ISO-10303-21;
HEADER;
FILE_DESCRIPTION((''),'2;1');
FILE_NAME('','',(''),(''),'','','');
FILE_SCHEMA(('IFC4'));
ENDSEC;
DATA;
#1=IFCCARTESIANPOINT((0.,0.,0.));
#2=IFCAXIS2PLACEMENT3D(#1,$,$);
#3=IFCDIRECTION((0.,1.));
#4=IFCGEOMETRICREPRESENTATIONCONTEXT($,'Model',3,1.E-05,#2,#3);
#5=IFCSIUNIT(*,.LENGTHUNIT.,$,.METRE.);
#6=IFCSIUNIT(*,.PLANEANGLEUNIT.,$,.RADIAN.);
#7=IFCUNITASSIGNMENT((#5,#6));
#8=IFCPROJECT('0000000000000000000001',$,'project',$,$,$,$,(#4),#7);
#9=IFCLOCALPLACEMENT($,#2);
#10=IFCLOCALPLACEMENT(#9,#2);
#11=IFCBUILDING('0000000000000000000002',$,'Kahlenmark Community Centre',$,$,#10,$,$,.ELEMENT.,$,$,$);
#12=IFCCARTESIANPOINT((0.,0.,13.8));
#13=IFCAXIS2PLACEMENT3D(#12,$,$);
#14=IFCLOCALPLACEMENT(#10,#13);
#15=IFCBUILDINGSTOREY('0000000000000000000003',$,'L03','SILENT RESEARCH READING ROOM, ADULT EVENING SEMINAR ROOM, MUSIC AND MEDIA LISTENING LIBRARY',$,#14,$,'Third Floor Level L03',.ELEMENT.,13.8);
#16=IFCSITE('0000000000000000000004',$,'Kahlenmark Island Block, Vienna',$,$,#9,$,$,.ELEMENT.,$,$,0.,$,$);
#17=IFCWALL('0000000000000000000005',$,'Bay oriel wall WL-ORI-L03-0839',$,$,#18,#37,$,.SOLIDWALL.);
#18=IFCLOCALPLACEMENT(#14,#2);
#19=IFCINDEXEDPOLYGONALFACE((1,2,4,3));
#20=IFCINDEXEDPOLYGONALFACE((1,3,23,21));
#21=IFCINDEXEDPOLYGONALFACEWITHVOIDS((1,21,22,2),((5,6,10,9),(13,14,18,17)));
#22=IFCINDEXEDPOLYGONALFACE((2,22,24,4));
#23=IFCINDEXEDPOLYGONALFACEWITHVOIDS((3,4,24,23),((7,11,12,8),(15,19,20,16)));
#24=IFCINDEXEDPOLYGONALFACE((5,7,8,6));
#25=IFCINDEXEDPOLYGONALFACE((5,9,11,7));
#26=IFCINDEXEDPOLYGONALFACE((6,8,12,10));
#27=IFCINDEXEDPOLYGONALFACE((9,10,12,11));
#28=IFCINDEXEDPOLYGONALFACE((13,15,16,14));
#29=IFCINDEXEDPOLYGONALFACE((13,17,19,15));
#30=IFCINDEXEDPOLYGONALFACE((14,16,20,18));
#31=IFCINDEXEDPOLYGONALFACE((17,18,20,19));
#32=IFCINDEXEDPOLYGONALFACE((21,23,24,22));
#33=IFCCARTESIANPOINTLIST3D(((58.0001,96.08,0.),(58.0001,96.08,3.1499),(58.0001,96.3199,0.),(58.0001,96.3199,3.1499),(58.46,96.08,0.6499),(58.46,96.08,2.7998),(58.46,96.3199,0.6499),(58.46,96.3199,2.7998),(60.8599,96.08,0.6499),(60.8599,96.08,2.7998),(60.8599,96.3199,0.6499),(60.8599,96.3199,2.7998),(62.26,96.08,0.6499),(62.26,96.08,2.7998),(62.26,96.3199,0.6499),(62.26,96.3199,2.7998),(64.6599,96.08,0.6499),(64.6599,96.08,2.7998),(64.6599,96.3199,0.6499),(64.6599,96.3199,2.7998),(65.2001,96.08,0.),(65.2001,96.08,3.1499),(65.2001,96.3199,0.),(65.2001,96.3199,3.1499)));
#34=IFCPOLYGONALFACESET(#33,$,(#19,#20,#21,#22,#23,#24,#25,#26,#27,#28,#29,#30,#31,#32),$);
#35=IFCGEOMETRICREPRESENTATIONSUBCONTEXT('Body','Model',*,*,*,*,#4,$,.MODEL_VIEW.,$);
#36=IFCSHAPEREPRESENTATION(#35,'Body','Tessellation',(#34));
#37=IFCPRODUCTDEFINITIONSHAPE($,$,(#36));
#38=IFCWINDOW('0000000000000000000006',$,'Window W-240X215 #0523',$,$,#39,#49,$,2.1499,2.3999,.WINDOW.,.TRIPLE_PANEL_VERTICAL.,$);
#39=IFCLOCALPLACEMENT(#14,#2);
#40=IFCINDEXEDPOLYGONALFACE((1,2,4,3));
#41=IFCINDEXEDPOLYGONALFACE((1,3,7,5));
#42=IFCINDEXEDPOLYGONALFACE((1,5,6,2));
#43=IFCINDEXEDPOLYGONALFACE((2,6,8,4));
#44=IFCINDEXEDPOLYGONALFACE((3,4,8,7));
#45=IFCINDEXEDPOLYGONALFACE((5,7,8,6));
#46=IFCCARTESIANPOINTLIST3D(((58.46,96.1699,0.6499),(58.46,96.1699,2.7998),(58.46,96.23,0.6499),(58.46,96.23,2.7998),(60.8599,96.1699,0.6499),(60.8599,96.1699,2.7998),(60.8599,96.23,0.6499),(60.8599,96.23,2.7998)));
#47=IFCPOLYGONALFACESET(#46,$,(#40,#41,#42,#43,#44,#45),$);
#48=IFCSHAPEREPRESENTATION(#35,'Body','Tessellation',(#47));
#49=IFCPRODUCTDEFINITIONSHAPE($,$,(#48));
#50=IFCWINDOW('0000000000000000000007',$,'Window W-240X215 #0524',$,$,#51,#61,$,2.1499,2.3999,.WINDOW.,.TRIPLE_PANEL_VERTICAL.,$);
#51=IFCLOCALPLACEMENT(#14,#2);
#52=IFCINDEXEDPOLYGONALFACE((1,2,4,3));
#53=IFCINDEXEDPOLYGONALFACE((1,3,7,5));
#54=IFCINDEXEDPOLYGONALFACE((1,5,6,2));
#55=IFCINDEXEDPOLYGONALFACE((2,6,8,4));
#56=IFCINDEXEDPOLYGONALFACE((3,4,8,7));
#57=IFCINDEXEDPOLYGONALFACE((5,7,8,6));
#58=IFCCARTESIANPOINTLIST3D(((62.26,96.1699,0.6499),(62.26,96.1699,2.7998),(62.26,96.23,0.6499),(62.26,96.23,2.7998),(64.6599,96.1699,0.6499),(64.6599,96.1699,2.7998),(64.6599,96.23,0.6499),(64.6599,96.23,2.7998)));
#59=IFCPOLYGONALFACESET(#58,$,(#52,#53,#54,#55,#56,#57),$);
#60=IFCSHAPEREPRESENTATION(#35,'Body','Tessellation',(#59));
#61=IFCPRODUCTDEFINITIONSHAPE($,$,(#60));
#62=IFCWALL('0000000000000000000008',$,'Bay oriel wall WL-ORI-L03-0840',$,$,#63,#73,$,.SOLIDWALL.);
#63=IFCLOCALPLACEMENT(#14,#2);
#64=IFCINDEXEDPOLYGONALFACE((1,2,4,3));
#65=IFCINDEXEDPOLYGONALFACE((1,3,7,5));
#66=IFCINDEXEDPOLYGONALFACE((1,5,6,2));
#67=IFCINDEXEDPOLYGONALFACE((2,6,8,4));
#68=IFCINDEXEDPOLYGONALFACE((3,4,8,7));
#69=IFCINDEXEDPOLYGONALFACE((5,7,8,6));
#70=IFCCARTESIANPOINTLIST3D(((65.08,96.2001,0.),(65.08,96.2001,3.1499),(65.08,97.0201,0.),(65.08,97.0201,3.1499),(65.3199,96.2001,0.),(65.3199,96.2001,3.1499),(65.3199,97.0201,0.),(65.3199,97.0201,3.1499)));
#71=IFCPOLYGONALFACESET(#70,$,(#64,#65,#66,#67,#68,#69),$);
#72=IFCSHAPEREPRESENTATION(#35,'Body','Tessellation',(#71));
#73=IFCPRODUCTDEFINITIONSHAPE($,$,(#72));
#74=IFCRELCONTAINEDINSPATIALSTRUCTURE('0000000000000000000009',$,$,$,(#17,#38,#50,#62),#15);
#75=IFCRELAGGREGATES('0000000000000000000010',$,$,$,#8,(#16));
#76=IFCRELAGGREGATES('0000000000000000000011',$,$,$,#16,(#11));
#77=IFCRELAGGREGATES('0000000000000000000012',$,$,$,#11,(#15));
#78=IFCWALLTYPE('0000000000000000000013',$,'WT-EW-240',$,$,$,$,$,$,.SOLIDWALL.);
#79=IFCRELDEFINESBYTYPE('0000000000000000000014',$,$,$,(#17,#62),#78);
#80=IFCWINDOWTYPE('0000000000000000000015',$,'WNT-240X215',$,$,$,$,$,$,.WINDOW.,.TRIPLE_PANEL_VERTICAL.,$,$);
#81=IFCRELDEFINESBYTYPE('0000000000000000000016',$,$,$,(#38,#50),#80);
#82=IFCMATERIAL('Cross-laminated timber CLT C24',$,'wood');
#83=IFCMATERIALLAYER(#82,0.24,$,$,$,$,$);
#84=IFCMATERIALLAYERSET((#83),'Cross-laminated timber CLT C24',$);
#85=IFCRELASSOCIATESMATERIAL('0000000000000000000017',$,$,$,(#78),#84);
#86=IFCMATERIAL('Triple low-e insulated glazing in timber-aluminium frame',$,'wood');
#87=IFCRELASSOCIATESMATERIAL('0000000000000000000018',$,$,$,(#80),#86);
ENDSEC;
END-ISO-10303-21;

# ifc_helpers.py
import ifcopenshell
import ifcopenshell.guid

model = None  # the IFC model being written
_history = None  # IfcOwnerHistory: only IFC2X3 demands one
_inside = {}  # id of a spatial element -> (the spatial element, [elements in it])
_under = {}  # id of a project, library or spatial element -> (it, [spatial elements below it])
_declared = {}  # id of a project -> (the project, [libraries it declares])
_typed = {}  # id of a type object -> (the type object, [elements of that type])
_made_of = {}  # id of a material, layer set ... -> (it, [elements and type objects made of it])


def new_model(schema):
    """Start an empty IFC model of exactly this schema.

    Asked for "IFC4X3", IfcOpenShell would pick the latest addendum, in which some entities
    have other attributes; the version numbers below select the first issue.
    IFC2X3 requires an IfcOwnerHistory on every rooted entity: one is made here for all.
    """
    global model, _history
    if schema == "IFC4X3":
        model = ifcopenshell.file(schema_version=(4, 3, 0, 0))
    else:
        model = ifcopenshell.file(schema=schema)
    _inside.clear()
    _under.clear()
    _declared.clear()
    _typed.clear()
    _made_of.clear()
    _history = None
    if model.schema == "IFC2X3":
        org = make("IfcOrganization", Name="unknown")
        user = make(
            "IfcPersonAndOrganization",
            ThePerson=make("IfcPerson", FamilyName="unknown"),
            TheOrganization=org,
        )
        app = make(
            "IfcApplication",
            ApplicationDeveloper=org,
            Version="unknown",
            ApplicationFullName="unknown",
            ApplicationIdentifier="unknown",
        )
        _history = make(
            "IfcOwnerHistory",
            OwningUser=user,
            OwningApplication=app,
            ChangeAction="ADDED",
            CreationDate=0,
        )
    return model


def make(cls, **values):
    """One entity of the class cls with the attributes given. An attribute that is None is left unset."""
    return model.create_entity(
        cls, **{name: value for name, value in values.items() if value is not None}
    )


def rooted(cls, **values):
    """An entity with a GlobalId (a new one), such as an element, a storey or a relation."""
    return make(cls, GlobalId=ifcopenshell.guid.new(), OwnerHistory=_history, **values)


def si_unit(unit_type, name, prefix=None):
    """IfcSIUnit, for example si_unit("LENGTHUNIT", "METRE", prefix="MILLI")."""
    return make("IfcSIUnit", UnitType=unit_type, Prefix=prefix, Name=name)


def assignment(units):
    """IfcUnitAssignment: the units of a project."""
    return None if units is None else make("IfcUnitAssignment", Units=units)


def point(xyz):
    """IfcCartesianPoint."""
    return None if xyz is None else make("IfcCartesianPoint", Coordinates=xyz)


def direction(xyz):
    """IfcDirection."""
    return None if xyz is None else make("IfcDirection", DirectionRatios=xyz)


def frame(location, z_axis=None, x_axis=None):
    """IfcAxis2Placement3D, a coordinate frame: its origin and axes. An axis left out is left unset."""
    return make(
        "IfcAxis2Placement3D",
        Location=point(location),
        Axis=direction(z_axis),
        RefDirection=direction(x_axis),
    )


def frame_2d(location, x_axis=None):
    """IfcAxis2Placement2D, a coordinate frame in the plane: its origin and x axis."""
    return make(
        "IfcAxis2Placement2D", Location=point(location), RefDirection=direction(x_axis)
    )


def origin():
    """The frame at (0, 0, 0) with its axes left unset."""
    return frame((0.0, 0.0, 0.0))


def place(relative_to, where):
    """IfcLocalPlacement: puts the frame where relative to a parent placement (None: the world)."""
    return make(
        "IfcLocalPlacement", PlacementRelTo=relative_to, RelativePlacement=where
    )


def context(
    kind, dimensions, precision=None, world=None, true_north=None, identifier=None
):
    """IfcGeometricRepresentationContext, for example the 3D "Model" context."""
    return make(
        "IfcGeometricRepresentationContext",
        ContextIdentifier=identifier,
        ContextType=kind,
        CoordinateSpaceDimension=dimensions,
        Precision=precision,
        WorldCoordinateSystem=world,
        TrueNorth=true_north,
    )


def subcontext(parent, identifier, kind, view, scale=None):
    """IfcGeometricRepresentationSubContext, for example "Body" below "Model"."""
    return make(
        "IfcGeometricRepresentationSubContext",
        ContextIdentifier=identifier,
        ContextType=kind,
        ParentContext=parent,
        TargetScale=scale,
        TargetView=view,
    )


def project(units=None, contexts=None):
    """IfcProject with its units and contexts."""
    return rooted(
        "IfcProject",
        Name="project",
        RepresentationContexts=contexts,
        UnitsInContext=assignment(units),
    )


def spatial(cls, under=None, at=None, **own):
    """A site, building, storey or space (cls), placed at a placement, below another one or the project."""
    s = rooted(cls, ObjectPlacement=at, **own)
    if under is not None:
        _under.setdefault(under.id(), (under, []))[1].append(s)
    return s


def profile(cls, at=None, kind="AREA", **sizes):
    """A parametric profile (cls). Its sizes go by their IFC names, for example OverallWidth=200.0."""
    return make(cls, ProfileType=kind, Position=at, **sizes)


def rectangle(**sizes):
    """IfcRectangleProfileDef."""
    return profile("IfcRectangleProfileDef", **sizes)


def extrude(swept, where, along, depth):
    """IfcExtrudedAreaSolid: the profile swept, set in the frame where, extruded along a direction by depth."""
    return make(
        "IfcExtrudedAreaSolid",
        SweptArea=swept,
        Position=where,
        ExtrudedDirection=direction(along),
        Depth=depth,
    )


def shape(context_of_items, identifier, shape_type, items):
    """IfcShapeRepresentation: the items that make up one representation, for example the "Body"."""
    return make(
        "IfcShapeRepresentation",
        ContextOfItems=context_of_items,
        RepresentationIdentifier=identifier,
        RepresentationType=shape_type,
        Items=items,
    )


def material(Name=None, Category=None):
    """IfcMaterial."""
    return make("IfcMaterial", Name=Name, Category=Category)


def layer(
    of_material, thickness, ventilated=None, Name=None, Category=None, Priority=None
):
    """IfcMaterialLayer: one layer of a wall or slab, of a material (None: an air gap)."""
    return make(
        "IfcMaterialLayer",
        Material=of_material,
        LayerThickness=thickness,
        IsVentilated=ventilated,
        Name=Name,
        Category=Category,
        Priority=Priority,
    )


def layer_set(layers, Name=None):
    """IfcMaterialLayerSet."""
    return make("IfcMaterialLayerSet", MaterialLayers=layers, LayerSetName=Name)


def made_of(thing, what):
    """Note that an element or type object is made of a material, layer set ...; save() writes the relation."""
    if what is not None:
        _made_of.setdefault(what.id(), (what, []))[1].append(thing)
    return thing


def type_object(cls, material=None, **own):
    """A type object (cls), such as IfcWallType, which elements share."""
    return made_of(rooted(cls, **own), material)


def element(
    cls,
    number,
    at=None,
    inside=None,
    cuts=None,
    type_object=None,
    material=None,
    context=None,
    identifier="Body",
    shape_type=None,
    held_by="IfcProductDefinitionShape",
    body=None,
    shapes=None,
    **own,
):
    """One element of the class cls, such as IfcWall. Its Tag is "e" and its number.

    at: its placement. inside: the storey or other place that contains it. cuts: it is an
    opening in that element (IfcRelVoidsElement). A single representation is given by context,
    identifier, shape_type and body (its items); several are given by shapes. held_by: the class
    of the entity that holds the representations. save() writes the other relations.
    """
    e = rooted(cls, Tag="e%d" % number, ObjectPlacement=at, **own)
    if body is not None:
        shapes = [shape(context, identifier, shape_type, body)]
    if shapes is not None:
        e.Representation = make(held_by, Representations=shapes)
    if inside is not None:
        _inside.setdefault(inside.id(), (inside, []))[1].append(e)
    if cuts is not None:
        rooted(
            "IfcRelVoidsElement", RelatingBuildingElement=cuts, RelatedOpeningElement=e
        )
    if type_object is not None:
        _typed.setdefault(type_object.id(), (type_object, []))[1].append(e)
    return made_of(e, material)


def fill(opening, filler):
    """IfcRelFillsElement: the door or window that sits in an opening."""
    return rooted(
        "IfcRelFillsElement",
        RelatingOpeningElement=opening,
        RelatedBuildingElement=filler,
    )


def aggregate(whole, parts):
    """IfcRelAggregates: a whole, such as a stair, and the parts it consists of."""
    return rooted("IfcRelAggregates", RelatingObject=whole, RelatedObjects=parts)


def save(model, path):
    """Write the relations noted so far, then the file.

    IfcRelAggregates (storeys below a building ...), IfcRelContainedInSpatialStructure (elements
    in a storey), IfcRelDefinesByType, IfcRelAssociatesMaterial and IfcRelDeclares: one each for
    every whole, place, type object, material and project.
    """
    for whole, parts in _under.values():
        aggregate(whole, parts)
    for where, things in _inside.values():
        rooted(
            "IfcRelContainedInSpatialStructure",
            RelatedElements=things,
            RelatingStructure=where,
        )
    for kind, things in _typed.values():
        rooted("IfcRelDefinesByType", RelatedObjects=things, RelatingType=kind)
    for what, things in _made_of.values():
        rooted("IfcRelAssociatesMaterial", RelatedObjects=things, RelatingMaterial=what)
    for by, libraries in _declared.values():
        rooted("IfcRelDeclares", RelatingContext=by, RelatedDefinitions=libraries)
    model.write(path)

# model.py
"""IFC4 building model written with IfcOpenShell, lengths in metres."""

from ifc_helpers import new_model, si_unit, direction, frame, frame_2d, origin, place, context, subcontext, project, spatial, rectangle, extrude, material, layer, layer_set, type_object, element, fill, save


model = new_model("IFC4")

# Units and contexts
model_context = context("Model", 3, precision=1e-05, world=origin(), true_north=direction((0.0, 1.0)))
body_context = subcontext(model_context, "Body", "Model", "MODEL_VIEW")
ifc_project = project(units=[si_unit("LENGTHUNIT", "METRE"), si_unit("PLANEANGLEUNIT", "RADIAN")], contexts=[model_context])

# Site, building, storey
site_placement = place(None, origin())
site = spatial("IfcSite", under=ifc_project, at=site_placement, Name="Kahlenmark Island Block, Vienna", CompositionType="ELEMENT", RefElevation=0.0)
building_placement = place(site_placement, origin())
building = spatial("IfcBuilding", under=site, at=building_placement, Name="Kahlenmark Community Centre", CompositionType="ELEMENT")
storey_placement = place(building_placement, frame((0.0, 0.0, 13.8)))
storey = spatial("IfcBuildingStorey", under=building, at=storey_placement, Name="L03", Description="SILENT RESEARCH READING ROOM, ADULT EVENING SEMINAR ROOM, MUSIC AND MEDIA LISTENING LIBRARY", LongName="Third Floor Level L03", CompositionType="ELEMENT", Elevation=13.8)

# Shared definitions
ifc_material_1 = material(Name="Cross-laminated timber CLT C24", Category="wood")
ifc_layer_1 = layer(ifc_material_1, 0.24)
ifc_layer_set_1 = layer_set([ifc_layer_1], Name="Cross-laminated timber CLT C24")
wall_type_1 = type_object("IfcWallType", Name="WT-EW-240", PredefinedType="SOLIDWALL", material=ifc_layer_set_1)

# Wall, openings, windows
wall_1_placement = place(storey_placement, frame((58.0, 96.2, 0.0), z_axis=(0.0, 0.0, 1.0), x_axis=(1.0, 0.0, 0.0)))
wall_1 = element("IfcWall", 1, at=wall_1_placement, inside=storey, type_object=wall_type_1, Name="Bay oriel wall WL-ORI-L03-0839", PredefinedType="SOLIDWALL", context=body_context, shape_type="SweptSolid", body=[
    extrude(rectangle(XDim=7.2, YDim=0.24, at=frame_2d((3.6001, 0.0))), origin(), (0.0, 0.0, 1.0), 3.1499),
])
opening_1_placement = place(wall_1_placement, frame((0.46, 0.0, 0.6499)))
opening_1 = element("IfcOpeningElement", 2, at=opening_1_placement, cuts=wall_1, PredefinedType="OPENING", context=body_context, shape_type="SweptSolid", body=[
    extrude(rectangle(XDim=2.3999, YDim=2.1499, at=frame_2d((1.2, 1.075))), frame((0.0, 0.1299, 0.0), z_axis=(0.0, -1.0, 0.0), x_axis=(1.0, 0.0, 0.0)), (0.0, 0.0, 1.0), 0.26),
])
opening_2_placement = place(wall_1_placement, frame((4.26, 0.0, 0.6499)))
opening_2 = element("IfcOpeningElement", 3, at=opening_2_placement, cuts=wall_1, PredefinedType="OPENING", context=body_context, shape_type="SweptSolid", body=[
    extrude(rectangle(XDim=2.3999, YDim=2.1499, at=frame_2d((1.2, 1.075))), frame((0.0, 0.1299, 0.0), z_axis=(0.0, -1.0, 0.0), x_axis=(1.0, 0.0, 0.0)), (0.0, 0.0, 1.0), 0.26),
])
ifc_material_2 = material(Name="Triple low-e insulated glazing in timber-aluminium frame", Category="wood")
window_type = type_object("IfcWindowType", Name="WNT-240X215", PartitioningType="TRIPLE_PANEL_VERTICAL", PredefinedType="WINDOW", material=ifc_material_2)
window_1_placement = place(opening_1_placement, origin())
window_1 = element("IfcWindow", 4, at=window_1_placement, inside=storey, type_object=window_type, Name="Window W-240X215 #0523", OverallHeight=2.1499, OverallWidth=2.3999, PartitioningType="TRIPLE_PANEL_VERTICAL", PredefinedType="WINDOW", context=body_context, shape_type="SweptSolid", body=[
    extrude(rectangle(XDim=2.3999, YDim=2.1499, at=frame_2d((1.2, 1.075))), frame((0.0, 0.03, 0.0), z_axis=(0.0, -1.0, 0.0), x_axis=(1.0, 0.0, 0.0)), (0.0, 0.0, 1.0), 0.0601),
])
fill(opening_1, window_1)
window_2_placement = place(opening_2_placement, origin())
window_2 = element("IfcWindow", 5, at=window_2_placement, inside=storey, type_object=window_type, Name="Window W-240X215 #0524", OverallHeight=2.1499, OverallWidth=2.3999, PartitioningType="TRIPLE_PANEL_VERTICAL", PredefinedType="WINDOW", context=body_context, shape_type="SweptSolid", body=[
    extrude(rectangle(XDim=2.3999, YDim=2.1499, at=frame_2d((1.2, 1.075))), frame((0.0, 0.03, 0.0), z_axis=(0.0, -1.0, 0.0), x_axis=(1.0, 0.0, 0.0)), (0.0, 0.0, 1.0), 0.0601),
])
fill(opening_2, window_2)

# Wall
wall_2_placement = place(storey_placement, frame((65.2, 96.2, 0.0), z_axis=(0.0, 0.0, 1.0), x_axis=(0.0, 1.0, 0.0)))
element("IfcWall", 6, at=wall_2_placement, inside=storey, type_object=wall_type_1, Name="Bay oriel wall WL-ORI-L03-0840", PredefinedType="SOLIDWALL", context=body_context, shape_type="SweptSolid", body=[
    extrude(rectangle(XDim=0.8201, YDim=0.24, at=frame_2d((0.4102, 0.0))), origin(), (0.0, 0.0, 1.0), 3.1499),
])

save(model, "model.ifc")
